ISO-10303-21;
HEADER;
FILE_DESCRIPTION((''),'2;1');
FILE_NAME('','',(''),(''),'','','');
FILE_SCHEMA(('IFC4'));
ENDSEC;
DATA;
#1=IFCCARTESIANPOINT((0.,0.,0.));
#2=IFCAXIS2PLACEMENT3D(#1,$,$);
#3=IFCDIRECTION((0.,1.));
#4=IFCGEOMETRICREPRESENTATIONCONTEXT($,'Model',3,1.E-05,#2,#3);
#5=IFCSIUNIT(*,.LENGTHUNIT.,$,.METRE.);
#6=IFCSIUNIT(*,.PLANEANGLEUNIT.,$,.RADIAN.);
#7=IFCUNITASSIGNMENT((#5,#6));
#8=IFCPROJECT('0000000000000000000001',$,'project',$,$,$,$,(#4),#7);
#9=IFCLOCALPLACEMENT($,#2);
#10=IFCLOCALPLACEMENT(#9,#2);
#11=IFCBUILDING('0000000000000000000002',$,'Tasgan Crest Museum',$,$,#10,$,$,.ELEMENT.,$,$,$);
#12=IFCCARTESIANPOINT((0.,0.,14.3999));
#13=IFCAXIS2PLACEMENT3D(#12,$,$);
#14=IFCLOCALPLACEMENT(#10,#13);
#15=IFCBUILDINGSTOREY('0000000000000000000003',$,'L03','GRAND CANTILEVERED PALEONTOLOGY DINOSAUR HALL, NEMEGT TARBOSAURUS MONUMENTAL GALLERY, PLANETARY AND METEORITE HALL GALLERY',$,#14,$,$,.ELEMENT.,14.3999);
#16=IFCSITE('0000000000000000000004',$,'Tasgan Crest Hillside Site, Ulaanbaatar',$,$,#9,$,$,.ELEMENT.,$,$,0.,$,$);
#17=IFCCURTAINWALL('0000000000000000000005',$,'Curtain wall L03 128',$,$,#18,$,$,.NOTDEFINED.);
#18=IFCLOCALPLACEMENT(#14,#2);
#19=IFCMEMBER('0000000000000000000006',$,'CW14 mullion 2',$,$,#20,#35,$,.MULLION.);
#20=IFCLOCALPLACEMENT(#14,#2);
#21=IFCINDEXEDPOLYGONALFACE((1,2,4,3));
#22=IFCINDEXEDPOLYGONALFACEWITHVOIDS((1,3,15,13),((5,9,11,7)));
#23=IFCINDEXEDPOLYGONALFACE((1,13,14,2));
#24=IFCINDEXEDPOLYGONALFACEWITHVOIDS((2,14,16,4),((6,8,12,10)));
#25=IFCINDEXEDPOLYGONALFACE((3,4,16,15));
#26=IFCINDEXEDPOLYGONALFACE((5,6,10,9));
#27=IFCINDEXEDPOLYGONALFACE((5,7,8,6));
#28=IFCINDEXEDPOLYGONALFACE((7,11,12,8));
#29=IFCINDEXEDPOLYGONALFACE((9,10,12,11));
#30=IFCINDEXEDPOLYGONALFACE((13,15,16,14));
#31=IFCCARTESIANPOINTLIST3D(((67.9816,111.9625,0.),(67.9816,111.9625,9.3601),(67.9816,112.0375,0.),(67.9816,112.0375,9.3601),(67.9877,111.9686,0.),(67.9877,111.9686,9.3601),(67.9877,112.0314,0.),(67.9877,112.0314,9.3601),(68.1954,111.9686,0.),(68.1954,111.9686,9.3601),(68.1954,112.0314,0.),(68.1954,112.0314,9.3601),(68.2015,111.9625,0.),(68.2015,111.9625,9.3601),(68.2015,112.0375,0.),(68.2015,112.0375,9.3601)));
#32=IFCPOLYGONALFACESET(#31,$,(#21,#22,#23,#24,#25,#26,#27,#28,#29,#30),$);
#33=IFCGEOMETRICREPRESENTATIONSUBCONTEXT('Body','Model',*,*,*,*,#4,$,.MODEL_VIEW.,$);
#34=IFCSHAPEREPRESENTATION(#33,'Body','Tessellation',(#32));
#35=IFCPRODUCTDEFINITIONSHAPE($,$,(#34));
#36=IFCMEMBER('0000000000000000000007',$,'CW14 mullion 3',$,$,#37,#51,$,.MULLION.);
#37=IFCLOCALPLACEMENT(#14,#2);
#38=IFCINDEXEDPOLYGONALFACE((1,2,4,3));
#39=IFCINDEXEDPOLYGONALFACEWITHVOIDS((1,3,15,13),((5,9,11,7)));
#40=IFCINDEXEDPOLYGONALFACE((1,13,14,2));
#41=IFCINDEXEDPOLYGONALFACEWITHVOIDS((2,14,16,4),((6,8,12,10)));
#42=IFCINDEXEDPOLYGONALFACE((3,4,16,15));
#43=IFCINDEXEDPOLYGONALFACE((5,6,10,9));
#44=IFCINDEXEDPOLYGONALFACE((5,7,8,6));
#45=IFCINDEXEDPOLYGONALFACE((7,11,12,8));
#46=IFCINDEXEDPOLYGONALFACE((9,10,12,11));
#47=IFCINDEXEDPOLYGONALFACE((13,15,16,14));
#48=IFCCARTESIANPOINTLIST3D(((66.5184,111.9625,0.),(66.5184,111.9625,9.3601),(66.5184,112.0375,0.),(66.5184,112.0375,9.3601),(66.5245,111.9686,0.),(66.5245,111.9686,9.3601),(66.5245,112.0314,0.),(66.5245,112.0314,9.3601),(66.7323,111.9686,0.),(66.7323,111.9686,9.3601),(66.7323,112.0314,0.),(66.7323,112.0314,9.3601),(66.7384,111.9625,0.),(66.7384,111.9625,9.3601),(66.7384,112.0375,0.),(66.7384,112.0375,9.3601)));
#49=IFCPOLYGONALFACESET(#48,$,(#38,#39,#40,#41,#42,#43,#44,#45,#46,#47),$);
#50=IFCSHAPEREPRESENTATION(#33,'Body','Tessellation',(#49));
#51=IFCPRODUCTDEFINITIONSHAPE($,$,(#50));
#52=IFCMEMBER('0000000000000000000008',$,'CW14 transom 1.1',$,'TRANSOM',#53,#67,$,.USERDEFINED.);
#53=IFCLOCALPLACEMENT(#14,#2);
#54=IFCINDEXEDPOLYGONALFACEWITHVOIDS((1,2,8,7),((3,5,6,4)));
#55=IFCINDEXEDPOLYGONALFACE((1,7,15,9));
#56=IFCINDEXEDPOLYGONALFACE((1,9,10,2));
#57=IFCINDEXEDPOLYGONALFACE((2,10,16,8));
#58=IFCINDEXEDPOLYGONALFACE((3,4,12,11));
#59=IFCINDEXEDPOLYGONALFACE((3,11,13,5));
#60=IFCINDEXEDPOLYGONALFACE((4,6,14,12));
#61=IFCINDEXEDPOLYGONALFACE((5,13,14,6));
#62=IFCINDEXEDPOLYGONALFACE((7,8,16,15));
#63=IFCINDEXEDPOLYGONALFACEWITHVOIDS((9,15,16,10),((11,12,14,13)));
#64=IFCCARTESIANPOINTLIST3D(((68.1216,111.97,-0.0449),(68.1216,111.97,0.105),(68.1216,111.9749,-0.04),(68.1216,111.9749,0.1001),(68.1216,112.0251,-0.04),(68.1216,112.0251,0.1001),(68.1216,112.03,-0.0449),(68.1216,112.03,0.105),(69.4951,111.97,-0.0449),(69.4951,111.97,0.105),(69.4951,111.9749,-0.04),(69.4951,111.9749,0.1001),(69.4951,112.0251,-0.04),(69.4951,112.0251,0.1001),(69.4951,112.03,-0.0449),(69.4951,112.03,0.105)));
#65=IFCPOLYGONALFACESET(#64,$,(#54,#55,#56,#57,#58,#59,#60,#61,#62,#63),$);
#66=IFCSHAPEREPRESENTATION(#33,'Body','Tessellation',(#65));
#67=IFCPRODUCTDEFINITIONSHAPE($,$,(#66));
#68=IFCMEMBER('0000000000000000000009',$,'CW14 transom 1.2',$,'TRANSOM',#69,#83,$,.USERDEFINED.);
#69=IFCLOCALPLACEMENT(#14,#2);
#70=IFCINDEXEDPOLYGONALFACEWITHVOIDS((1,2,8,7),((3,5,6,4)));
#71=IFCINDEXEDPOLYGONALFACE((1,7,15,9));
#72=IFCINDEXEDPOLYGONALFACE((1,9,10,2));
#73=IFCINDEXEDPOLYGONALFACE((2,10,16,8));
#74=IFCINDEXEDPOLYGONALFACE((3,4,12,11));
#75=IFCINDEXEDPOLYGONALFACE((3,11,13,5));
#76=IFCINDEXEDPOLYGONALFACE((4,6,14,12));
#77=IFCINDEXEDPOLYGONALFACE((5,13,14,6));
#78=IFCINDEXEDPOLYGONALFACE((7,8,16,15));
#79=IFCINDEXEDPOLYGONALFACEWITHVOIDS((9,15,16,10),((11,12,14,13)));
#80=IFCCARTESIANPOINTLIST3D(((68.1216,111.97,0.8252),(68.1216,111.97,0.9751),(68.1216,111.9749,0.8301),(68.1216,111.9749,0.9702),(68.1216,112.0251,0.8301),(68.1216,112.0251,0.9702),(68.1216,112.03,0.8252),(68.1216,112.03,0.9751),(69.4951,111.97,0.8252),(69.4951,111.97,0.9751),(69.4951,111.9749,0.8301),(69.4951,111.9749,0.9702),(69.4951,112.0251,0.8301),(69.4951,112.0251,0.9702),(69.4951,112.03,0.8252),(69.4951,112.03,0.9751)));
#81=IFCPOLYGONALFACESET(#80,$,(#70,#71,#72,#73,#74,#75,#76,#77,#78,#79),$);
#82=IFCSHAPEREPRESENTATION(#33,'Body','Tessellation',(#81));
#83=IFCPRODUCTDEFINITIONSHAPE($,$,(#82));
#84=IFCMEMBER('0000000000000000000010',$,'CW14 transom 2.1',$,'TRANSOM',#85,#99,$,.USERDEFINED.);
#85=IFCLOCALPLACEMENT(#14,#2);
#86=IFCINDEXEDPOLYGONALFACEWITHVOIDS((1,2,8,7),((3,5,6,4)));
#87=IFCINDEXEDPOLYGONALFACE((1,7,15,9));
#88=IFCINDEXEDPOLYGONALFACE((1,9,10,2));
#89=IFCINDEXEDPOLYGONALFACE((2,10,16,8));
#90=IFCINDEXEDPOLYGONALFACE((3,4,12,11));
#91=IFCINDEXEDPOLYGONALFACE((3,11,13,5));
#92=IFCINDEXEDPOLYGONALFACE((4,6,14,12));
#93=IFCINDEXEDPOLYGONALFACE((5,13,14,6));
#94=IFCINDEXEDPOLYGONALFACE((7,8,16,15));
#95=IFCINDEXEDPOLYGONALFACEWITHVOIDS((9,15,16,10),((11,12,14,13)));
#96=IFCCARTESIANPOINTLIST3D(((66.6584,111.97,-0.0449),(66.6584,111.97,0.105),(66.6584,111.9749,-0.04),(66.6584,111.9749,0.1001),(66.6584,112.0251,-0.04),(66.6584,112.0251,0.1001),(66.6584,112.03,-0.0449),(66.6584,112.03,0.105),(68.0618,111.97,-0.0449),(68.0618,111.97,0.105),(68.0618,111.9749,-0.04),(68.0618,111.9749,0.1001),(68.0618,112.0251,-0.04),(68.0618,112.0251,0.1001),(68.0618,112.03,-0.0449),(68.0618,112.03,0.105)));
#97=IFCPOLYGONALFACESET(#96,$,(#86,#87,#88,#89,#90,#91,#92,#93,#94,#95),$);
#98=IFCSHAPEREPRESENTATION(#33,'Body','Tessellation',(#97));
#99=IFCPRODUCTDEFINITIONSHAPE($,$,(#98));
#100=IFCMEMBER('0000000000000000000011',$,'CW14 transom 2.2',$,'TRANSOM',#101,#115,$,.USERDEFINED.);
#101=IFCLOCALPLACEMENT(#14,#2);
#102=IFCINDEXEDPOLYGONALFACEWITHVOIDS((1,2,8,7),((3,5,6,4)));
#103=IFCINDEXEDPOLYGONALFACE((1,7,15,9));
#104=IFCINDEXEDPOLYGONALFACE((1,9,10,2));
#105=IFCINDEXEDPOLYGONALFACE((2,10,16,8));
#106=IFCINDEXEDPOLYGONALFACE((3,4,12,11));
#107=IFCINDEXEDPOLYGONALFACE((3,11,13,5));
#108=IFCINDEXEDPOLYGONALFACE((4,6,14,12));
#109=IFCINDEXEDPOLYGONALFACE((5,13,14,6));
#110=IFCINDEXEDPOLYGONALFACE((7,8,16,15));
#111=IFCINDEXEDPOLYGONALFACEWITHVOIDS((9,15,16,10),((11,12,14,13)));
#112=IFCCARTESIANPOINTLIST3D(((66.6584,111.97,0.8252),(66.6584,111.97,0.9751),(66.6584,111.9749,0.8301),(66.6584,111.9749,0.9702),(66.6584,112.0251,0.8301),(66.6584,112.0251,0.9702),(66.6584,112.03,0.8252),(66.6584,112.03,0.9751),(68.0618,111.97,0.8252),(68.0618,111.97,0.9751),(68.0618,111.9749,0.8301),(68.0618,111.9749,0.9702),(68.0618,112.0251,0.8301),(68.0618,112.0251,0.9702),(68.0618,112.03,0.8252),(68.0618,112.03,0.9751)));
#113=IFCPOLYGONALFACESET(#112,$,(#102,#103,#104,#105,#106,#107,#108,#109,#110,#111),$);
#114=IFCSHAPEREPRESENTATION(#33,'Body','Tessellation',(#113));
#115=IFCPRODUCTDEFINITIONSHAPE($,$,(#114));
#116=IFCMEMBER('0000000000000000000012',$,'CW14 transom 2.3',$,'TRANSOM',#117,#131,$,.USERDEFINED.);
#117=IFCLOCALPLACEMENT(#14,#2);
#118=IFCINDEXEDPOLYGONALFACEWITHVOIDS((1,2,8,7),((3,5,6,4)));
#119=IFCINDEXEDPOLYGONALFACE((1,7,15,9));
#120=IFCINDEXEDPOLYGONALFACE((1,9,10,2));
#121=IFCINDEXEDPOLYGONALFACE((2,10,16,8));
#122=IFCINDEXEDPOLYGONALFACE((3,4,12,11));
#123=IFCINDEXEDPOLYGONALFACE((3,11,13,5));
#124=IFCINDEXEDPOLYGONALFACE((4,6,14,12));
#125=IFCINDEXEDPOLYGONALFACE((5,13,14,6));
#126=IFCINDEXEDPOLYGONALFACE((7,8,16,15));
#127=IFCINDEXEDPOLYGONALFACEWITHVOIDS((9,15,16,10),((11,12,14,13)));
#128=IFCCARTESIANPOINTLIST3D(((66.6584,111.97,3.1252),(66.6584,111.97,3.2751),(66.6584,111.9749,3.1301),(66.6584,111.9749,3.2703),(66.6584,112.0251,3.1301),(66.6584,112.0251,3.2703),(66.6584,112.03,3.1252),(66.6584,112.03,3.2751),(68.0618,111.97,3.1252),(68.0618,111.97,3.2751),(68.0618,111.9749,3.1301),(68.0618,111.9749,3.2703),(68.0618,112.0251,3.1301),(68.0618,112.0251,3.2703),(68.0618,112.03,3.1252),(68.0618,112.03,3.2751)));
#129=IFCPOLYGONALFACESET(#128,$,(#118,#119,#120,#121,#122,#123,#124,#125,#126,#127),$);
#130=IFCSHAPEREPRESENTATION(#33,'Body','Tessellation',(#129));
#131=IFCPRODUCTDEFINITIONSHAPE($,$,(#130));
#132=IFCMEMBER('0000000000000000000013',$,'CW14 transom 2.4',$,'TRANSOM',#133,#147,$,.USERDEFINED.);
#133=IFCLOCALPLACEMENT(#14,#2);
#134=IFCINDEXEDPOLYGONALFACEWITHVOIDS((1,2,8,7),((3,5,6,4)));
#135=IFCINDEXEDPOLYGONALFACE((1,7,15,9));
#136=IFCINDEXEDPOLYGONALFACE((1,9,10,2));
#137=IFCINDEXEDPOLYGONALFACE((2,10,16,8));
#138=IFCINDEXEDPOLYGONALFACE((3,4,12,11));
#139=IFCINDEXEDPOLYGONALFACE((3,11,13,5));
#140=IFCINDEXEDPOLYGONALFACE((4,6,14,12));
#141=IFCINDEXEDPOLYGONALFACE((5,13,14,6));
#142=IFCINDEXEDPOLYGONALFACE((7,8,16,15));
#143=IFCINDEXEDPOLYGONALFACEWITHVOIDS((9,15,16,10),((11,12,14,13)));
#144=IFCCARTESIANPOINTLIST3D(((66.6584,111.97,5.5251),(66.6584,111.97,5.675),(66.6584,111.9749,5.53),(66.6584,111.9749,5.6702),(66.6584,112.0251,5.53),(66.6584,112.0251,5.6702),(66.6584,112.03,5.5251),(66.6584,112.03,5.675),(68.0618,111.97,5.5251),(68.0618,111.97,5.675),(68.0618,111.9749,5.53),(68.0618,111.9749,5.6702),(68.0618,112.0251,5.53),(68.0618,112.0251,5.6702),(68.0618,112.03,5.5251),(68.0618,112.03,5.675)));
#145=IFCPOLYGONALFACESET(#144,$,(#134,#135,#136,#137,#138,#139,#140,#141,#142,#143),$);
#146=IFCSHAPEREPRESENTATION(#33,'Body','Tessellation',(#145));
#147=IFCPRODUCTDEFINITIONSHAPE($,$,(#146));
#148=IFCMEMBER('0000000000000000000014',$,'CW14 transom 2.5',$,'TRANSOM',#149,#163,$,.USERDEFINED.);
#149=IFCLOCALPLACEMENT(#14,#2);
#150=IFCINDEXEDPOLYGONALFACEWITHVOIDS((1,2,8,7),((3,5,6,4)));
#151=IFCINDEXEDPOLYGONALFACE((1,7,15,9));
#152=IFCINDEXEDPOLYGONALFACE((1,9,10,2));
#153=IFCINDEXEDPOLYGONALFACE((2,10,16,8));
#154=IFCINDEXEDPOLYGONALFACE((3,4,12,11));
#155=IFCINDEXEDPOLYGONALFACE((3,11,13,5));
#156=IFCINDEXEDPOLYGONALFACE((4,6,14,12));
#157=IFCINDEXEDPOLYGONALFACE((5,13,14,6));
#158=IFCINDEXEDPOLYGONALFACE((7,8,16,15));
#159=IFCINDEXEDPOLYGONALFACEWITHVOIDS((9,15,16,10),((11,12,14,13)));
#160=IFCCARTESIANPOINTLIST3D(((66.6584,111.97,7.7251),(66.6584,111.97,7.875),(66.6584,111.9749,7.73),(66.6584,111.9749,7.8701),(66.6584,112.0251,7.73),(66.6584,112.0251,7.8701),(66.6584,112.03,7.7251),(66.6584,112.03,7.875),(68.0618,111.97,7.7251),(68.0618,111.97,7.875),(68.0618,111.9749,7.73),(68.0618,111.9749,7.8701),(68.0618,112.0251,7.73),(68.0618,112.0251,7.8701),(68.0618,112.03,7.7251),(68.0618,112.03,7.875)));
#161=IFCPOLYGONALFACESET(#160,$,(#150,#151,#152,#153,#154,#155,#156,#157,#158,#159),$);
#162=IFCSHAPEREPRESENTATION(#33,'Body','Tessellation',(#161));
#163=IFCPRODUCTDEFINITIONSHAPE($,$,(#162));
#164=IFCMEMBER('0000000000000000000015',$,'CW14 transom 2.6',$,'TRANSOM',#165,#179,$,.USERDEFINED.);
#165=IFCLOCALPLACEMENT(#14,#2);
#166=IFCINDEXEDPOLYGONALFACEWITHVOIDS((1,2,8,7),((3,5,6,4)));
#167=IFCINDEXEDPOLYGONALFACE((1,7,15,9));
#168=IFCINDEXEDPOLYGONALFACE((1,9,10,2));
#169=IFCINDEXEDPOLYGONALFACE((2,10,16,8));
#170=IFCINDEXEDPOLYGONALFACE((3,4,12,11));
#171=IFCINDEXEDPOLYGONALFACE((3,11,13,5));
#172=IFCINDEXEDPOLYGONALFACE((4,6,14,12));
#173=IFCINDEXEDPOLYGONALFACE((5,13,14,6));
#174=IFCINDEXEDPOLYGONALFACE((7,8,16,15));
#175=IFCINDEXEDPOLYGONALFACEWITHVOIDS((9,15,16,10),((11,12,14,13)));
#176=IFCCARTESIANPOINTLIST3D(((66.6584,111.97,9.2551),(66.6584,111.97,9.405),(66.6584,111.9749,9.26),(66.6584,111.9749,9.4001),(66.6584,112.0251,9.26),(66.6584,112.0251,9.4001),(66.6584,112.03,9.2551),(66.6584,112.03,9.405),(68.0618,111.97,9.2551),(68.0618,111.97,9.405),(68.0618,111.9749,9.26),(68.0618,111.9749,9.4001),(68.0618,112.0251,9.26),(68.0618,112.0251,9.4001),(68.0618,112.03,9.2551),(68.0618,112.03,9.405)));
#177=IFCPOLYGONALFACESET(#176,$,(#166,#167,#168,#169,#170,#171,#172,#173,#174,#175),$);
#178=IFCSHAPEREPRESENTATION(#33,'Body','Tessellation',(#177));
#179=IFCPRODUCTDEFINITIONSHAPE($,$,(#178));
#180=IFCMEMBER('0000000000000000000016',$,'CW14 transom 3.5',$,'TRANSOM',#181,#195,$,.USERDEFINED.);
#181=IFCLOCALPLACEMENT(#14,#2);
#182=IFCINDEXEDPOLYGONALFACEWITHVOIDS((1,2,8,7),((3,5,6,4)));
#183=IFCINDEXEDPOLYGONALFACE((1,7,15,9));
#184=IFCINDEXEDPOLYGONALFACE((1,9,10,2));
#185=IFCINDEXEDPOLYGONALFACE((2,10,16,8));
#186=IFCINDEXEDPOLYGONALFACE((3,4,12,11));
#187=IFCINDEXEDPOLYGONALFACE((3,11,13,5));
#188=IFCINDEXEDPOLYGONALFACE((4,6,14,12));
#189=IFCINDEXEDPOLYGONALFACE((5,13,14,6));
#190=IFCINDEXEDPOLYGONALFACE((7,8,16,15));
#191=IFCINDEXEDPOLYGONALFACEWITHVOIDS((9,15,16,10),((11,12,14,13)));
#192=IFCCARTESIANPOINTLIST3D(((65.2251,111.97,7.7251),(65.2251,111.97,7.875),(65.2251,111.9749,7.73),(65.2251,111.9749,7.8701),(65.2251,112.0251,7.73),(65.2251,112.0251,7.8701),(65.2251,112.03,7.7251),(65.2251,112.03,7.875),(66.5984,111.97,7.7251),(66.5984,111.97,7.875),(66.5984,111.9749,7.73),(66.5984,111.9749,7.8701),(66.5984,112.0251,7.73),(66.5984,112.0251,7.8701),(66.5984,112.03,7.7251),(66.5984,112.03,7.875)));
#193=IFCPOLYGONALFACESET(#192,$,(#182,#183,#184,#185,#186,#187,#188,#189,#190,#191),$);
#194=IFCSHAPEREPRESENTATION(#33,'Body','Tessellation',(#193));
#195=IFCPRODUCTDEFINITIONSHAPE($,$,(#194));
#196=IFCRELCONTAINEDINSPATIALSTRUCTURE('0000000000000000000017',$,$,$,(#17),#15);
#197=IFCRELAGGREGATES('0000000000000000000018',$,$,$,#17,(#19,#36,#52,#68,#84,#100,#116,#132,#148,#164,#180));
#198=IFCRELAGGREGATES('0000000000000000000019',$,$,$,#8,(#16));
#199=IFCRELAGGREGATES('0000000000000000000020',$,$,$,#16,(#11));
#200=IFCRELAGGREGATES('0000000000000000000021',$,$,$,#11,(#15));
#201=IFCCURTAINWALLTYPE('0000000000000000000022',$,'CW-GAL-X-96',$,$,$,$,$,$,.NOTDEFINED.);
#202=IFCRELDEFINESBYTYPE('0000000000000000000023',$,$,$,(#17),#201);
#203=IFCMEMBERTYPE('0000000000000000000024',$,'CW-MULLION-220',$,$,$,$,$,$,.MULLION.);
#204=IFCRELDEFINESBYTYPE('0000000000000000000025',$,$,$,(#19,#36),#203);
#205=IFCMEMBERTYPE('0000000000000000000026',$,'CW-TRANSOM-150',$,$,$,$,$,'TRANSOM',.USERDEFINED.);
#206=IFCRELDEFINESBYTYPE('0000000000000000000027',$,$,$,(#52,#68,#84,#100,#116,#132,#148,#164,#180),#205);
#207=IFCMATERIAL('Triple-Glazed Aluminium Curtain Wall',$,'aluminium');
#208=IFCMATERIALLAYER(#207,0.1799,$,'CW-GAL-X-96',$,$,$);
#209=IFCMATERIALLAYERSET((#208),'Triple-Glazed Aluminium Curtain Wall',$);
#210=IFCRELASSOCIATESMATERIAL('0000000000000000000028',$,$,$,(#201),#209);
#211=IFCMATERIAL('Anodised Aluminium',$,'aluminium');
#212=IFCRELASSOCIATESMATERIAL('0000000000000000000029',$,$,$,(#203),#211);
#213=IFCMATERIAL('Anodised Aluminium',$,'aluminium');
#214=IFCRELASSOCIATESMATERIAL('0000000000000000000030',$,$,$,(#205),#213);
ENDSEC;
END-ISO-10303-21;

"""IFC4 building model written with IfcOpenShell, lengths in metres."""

from ifc_helpers import new_model, si_unit, direction, frame, origin, origin_2d, place, context, subcontext, project, spatial, hollow_rectangle, extrude, material, layer, layer_set, material_profile, profile_set, type_object, element, aggregate, save


model = new_model("IFC4")

# Units and contexts
model_context = context("Model", 3, precision=1e-05, world=origin(), true_north=direction((0.0, 1.0)))
body_context = subcontext(model_context, "Body", "Model", "MODEL_VIEW")
ifc_project = project(units=[si_unit("LENGTHUNIT", "METRE"), si_unit("PLANEANGLEUNIT", "RADIAN")], contexts=[model_context])

# Site, building, storey
site_placement = place(None, origin())
site = spatial("IfcSite", under=ifc_project, at=site_placement, Name="Tasgan Crest Hillside Site, Ulaanbaatar", CompositionType="ELEMENT", RefElevation=0.0)
building_placement = place(site_placement, origin())
building = spatial("IfcBuilding", under=site, at=building_placement, Name="Tasgan Crest Museum", CompositionType="ELEMENT")
storey_placement = place(building_placement, frame((0.0, 0.0, 14.3999)))
storey = spatial("IfcBuildingStorey", under=building, at=storey_placement, Name="L03", Description="GRAND CANTILEVERED PALEONTOLOGY DINOSAUR HALL, NEMEGT TARBOSAURUS MONUMENTAL GALLERY, PLANETARY AND METEORITE HALL GALLERY", CompositionType="ELEMENT", Elevation=14.3999)

# Curtain wall, members
ifc_material_1 = material(Name="Triple-Glazed Aluminium Curtain Wall", Category="aluminium")
ifc_layer_1 = layer(ifc_material_1, 0.1799, Name="CW-GAL-X-96")
ifc_layer_set_1 = layer_set([ifc_layer_1], Name="Triple-Glazed Aluminium Curtain Wall")
curtain_wall_type = type_object("IfcCurtainWallType", Name="CW-GAL-X-96", PredefinedType="NOTDEFINED", material=ifc_layer_set_1)
curtain_wall_placement = place(storey_placement, origin())
curtain_wall = element("IfcCurtainWall", 1, at=curtain_wall_placement, inside=storey, type_object=curtain_wall_type, Name="Curtain wall L03 128", PredefinedType="NOTDEFINED")
ifc_material_2 = material(Name="Anodised Aluminium", Category="aluminium")
ifc_material_profile_1 = material_profile(ifc_material_2, hollow_rectangle(XDim=0.075, YDim=0.22, WallThickness=0.0061, at=origin_2d()), Name="ALU MULLION 220x75x6")
ifc_profile_set_1 = profile_set([ifc_material_profile_1], Name="Anodised Aluminium")
member_type_1 = type_object("IfcMemberType", Name="CW-MULLION-220", PredefinedType="MULLION", material=ifc_profile_set_1)
member_1_placement = place(storey_placement, frame((68.0916, 112.0, 0.0), z_axis=(0.0, 0.0, 1.0), x_axis=(0.0, -1.0, 0.0)))
member_1 = element("IfcMember", 2, at=member_1_placement, type_object=member_type_1, Name="CW14 mullion 2", PredefinedType="MULLION", context=body_context, shape_type="SweptSolid", body=[
    extrude(hollow_rectangle(XDim=0.075, YDim=0.22, WallThickness=0.0061, at=origin_2d()), origin(), (0.0, 0.0, 1.0), 9.3601),
])
member_2_placement = place(storey_placement, frame((66.6284, 112.0, 0.0), z_axis=(0.0, 0.0, 1.0), x_axis=(0.0, -1.0, 0.0)))
member_2 = element("IfcMember", 3, at=member_2_placement, type_object=member_type_1, Name="CW14 mullion 3", PredefinedType="MULLION", context=body_context, shape_type="SweptSolid", body=[
    extrude(hollow_rectangle(XDim=0.075, YDim=0.22, WallThickness=0.0061, at=origin_2d()), origin(), (0.0, 0.0, 1.0), 9.3601),
])
ifc_material_3 = material(Name="Anodised Aluminium", Category="aluminium")
ifc_material_profile_2 = material_profile(ifc_material_3, hollow_rectangle(XDim=0.0601, YDim=0.1499, WallThickness=0.0049, at=origin_2d()), Name="ALU TRANSOM 150x60x5")
ifc_profile_set_2 = profile_set([ifc_material_profile_2], Name="Anodised Aluminium")
member_type_2 = type_object("IfcMemberType", Name="CW-TRANSOM-150", ElementType="TRANSOM", PredefinedType="USERDEFINED", material=ifc_profile_set_2)
member_3_placement = place(storey_placement, frame((69.4951, 112.0, 0.03), z_axis=(-1.0, 0.0, 0.0), x_axis=(0.0, -1.0, 0.0)))
member_3 = element("IfcMember", 4, at=member_3_placement, type_object=member_type_2, Name="CW14 transom 1.1", ObjectType="TRANSOM", PredefinedType="USERDEFINED", context=body_context, shape_type="SweptSolid", body=[
    extrude(hollow_rectangle(XDim=0.0601, YDim=0.1499, WallThickness=0.0049, at=origin_2d()), origin(), (0.0, 0.0, 1.0), 1.3735),
])
member_4_placement = place(storey_placement, frame((69.4951, 112.0, 0.9001), z_axis=(-1.0, 0.0, 0.0), x_axis=(0.0, -1.0, 0.0)))
member_4 = element("IfcMember", 5, at=member_4_placement, type_object=member_type_2, Name="CW14 transom 1.2", ObjectType="TRANSOM", PredefinedType="USERDEFINED", context=body_context, shape_type="SweptSolid", body=[
    extrude(hollow_rectangle(XDim=0.0601, YDim=0.1499, WallThickness=0.0049, at=origin_2d()), origin(), (0.0, 0.0, 1.0), 1.3735),
])
member_5_placement = place(storey_placement, frame((68.0618, 112.0, 0.03), z_axis=(-1.0, 0.0, 0.0), x_axis=(0.0, -1.0, 0.0)))
member_5 = element("IfcMember", 6, at=member_5_placement, type_object=member_type_2, Name="CW14 transom 2.1", ObjectType="TRANSOM", PredefinedType="USERDEFINED", context=body_context, shape_type="SweptSolid", body=[
    extrude(hollow_rectangle(XDim=0.0601, YDim=0.1499, WallThickness=0.0049, at=origin_2d()), origin(), (0.0, 0.0, 1.0), 1.4033),
])
member_6_placement = place(storey_placement, frame((68.0618, 112.0, 0.9001), z_axis=(-1.0, 0.0, 0.0), x_axis=(0.0, -1.0, 0.0)))
member_6 = element("IfcMember", 7, at=member_6_placement, type_object=member_type_2, Name="CW14 transom 2.2", ObjectType="TRANSOM", PredefinedType="USERDEFINED", context=body_context, shape_type="SweptSolid", body=[
    extrude(hollow_rectangle(XDim=0.0601, YDim=0.1499, WallThickness=0.0049, at=origin_2d()), origin(), (0.0, 0.0, 1.0), 1.4033),
])
member_7_placement = place(storey_placement, frame((68.0618, 112.0, 3.2002), z_axis=(-1.0, 0.0, 0.0), x_axis=(0.0, -1.0, 0.0)))
member_7 = element("IfcMember", 8, at=member_7_placement, type_object=member_type_2, Name="CW14 transom 2.3", ObjectType="TRANSOM", PredefinedType="USERDEFINED", context=body_context, shape_type="SweptSolid", body=[
    extrude(hollow_rectangle(XDim=0.0601, YDim=0.1499, WallThickness=0.0049, at=origin_2d()), origin(), (0.0, 0.0, 1.0), 1.4033),
])
member_8_placement = place(storey_placement, frame((68.0618, 112.0, 5.6001), z_axis=(-1.0, 0.0, 0.0), x_axis=(0.0, -1.0, 0.0)))
member_8 = element("IfcMember", 9, at=member_8_placement, type_object=member_type_2, Name="CW14 transom 2.4", ObjectType="TRANSOM", PredefinedType="USERDEFINED", context=body_context, shape_type="SweptSolid", body=[
    extrude(hollow_rectangle(XDim=0.0601, YDim=0.1499, WallThickness=0.0049, at=origin_2d()), origin(), (0.0, 0.0, 1.0), 1.4033),
])
member_9_placement = place(storey_placement, frame((68.0618, 112.0, 7.8), z_axis=(-1.0, 0.0, 0.0), x_axis=(0.0, -1.0, 0.0)))
member_9 = element("IfcMember", 10, at=member_9_placement, type_object=member_type_2, Name="CW14 transom 2.5", ObjectType="TRANSOM", PredefinedType="USERDEFINED", context=body_context, shape_type="SweptSolid", body=[
    extrude(hollow_rectangle(XDim=0.0601, YDim=0.1499, WallThickness=0.0049, at=origin_2d()), origin(), (0.0, 0.0, 1.0), 1.4033),
])
member_10_placement = place(storey_placement, frame((68.0618, 112.0, 9.3301), z_axis=(-1.0, 0.0, 0.0), x_axis=(0.0, -1.0, 0.0)))
member_10 = element("IfcMember", 11, at=member_10_placement, type_object=member_type_2, Name="CW14 transom 2.6", ObjectType="TRANSOM", PredefinedType="USERDEFINED", context=body_context, shape_type="SweptSolid", body=[
    extrude(hollow_rectangle(XDim=0.0601, YDim=0.1499, WallThickness=0.0049, at=origin_2d()), origin(), (0.0, 0.0, 1.0), 1.4033),
])
member_11_placement = place(storey_placement, frame((66.5984, 112.0, 7.8), z_axis=(-1.0, 0.0, 0.0), x_axis=(0.0, -1.0, 0.0)))
member_11 = element("IfcMember", 12, at=member_11_placement, type_object=member_type_2, Name="CW14 transom 3.5", ObjectType="TRANSOM", PredefinedType="USERDEFINED", context=body_context, shape_type="SweptSolid", body=[
    extrude(hollow_rectangle(XDim=0.0601, YDim=0.1499, WallThickness=0.0049, at=origin_2d()), origin(), (0.0, 0.0, 1.0), 1.3733),
])
aggregate(curtain_wall, [member_1, member_2, member_3, member_4, member_5, member_6, member_7, member_8, member_9, member_10, member_11])

save(model, "model.ifc")
